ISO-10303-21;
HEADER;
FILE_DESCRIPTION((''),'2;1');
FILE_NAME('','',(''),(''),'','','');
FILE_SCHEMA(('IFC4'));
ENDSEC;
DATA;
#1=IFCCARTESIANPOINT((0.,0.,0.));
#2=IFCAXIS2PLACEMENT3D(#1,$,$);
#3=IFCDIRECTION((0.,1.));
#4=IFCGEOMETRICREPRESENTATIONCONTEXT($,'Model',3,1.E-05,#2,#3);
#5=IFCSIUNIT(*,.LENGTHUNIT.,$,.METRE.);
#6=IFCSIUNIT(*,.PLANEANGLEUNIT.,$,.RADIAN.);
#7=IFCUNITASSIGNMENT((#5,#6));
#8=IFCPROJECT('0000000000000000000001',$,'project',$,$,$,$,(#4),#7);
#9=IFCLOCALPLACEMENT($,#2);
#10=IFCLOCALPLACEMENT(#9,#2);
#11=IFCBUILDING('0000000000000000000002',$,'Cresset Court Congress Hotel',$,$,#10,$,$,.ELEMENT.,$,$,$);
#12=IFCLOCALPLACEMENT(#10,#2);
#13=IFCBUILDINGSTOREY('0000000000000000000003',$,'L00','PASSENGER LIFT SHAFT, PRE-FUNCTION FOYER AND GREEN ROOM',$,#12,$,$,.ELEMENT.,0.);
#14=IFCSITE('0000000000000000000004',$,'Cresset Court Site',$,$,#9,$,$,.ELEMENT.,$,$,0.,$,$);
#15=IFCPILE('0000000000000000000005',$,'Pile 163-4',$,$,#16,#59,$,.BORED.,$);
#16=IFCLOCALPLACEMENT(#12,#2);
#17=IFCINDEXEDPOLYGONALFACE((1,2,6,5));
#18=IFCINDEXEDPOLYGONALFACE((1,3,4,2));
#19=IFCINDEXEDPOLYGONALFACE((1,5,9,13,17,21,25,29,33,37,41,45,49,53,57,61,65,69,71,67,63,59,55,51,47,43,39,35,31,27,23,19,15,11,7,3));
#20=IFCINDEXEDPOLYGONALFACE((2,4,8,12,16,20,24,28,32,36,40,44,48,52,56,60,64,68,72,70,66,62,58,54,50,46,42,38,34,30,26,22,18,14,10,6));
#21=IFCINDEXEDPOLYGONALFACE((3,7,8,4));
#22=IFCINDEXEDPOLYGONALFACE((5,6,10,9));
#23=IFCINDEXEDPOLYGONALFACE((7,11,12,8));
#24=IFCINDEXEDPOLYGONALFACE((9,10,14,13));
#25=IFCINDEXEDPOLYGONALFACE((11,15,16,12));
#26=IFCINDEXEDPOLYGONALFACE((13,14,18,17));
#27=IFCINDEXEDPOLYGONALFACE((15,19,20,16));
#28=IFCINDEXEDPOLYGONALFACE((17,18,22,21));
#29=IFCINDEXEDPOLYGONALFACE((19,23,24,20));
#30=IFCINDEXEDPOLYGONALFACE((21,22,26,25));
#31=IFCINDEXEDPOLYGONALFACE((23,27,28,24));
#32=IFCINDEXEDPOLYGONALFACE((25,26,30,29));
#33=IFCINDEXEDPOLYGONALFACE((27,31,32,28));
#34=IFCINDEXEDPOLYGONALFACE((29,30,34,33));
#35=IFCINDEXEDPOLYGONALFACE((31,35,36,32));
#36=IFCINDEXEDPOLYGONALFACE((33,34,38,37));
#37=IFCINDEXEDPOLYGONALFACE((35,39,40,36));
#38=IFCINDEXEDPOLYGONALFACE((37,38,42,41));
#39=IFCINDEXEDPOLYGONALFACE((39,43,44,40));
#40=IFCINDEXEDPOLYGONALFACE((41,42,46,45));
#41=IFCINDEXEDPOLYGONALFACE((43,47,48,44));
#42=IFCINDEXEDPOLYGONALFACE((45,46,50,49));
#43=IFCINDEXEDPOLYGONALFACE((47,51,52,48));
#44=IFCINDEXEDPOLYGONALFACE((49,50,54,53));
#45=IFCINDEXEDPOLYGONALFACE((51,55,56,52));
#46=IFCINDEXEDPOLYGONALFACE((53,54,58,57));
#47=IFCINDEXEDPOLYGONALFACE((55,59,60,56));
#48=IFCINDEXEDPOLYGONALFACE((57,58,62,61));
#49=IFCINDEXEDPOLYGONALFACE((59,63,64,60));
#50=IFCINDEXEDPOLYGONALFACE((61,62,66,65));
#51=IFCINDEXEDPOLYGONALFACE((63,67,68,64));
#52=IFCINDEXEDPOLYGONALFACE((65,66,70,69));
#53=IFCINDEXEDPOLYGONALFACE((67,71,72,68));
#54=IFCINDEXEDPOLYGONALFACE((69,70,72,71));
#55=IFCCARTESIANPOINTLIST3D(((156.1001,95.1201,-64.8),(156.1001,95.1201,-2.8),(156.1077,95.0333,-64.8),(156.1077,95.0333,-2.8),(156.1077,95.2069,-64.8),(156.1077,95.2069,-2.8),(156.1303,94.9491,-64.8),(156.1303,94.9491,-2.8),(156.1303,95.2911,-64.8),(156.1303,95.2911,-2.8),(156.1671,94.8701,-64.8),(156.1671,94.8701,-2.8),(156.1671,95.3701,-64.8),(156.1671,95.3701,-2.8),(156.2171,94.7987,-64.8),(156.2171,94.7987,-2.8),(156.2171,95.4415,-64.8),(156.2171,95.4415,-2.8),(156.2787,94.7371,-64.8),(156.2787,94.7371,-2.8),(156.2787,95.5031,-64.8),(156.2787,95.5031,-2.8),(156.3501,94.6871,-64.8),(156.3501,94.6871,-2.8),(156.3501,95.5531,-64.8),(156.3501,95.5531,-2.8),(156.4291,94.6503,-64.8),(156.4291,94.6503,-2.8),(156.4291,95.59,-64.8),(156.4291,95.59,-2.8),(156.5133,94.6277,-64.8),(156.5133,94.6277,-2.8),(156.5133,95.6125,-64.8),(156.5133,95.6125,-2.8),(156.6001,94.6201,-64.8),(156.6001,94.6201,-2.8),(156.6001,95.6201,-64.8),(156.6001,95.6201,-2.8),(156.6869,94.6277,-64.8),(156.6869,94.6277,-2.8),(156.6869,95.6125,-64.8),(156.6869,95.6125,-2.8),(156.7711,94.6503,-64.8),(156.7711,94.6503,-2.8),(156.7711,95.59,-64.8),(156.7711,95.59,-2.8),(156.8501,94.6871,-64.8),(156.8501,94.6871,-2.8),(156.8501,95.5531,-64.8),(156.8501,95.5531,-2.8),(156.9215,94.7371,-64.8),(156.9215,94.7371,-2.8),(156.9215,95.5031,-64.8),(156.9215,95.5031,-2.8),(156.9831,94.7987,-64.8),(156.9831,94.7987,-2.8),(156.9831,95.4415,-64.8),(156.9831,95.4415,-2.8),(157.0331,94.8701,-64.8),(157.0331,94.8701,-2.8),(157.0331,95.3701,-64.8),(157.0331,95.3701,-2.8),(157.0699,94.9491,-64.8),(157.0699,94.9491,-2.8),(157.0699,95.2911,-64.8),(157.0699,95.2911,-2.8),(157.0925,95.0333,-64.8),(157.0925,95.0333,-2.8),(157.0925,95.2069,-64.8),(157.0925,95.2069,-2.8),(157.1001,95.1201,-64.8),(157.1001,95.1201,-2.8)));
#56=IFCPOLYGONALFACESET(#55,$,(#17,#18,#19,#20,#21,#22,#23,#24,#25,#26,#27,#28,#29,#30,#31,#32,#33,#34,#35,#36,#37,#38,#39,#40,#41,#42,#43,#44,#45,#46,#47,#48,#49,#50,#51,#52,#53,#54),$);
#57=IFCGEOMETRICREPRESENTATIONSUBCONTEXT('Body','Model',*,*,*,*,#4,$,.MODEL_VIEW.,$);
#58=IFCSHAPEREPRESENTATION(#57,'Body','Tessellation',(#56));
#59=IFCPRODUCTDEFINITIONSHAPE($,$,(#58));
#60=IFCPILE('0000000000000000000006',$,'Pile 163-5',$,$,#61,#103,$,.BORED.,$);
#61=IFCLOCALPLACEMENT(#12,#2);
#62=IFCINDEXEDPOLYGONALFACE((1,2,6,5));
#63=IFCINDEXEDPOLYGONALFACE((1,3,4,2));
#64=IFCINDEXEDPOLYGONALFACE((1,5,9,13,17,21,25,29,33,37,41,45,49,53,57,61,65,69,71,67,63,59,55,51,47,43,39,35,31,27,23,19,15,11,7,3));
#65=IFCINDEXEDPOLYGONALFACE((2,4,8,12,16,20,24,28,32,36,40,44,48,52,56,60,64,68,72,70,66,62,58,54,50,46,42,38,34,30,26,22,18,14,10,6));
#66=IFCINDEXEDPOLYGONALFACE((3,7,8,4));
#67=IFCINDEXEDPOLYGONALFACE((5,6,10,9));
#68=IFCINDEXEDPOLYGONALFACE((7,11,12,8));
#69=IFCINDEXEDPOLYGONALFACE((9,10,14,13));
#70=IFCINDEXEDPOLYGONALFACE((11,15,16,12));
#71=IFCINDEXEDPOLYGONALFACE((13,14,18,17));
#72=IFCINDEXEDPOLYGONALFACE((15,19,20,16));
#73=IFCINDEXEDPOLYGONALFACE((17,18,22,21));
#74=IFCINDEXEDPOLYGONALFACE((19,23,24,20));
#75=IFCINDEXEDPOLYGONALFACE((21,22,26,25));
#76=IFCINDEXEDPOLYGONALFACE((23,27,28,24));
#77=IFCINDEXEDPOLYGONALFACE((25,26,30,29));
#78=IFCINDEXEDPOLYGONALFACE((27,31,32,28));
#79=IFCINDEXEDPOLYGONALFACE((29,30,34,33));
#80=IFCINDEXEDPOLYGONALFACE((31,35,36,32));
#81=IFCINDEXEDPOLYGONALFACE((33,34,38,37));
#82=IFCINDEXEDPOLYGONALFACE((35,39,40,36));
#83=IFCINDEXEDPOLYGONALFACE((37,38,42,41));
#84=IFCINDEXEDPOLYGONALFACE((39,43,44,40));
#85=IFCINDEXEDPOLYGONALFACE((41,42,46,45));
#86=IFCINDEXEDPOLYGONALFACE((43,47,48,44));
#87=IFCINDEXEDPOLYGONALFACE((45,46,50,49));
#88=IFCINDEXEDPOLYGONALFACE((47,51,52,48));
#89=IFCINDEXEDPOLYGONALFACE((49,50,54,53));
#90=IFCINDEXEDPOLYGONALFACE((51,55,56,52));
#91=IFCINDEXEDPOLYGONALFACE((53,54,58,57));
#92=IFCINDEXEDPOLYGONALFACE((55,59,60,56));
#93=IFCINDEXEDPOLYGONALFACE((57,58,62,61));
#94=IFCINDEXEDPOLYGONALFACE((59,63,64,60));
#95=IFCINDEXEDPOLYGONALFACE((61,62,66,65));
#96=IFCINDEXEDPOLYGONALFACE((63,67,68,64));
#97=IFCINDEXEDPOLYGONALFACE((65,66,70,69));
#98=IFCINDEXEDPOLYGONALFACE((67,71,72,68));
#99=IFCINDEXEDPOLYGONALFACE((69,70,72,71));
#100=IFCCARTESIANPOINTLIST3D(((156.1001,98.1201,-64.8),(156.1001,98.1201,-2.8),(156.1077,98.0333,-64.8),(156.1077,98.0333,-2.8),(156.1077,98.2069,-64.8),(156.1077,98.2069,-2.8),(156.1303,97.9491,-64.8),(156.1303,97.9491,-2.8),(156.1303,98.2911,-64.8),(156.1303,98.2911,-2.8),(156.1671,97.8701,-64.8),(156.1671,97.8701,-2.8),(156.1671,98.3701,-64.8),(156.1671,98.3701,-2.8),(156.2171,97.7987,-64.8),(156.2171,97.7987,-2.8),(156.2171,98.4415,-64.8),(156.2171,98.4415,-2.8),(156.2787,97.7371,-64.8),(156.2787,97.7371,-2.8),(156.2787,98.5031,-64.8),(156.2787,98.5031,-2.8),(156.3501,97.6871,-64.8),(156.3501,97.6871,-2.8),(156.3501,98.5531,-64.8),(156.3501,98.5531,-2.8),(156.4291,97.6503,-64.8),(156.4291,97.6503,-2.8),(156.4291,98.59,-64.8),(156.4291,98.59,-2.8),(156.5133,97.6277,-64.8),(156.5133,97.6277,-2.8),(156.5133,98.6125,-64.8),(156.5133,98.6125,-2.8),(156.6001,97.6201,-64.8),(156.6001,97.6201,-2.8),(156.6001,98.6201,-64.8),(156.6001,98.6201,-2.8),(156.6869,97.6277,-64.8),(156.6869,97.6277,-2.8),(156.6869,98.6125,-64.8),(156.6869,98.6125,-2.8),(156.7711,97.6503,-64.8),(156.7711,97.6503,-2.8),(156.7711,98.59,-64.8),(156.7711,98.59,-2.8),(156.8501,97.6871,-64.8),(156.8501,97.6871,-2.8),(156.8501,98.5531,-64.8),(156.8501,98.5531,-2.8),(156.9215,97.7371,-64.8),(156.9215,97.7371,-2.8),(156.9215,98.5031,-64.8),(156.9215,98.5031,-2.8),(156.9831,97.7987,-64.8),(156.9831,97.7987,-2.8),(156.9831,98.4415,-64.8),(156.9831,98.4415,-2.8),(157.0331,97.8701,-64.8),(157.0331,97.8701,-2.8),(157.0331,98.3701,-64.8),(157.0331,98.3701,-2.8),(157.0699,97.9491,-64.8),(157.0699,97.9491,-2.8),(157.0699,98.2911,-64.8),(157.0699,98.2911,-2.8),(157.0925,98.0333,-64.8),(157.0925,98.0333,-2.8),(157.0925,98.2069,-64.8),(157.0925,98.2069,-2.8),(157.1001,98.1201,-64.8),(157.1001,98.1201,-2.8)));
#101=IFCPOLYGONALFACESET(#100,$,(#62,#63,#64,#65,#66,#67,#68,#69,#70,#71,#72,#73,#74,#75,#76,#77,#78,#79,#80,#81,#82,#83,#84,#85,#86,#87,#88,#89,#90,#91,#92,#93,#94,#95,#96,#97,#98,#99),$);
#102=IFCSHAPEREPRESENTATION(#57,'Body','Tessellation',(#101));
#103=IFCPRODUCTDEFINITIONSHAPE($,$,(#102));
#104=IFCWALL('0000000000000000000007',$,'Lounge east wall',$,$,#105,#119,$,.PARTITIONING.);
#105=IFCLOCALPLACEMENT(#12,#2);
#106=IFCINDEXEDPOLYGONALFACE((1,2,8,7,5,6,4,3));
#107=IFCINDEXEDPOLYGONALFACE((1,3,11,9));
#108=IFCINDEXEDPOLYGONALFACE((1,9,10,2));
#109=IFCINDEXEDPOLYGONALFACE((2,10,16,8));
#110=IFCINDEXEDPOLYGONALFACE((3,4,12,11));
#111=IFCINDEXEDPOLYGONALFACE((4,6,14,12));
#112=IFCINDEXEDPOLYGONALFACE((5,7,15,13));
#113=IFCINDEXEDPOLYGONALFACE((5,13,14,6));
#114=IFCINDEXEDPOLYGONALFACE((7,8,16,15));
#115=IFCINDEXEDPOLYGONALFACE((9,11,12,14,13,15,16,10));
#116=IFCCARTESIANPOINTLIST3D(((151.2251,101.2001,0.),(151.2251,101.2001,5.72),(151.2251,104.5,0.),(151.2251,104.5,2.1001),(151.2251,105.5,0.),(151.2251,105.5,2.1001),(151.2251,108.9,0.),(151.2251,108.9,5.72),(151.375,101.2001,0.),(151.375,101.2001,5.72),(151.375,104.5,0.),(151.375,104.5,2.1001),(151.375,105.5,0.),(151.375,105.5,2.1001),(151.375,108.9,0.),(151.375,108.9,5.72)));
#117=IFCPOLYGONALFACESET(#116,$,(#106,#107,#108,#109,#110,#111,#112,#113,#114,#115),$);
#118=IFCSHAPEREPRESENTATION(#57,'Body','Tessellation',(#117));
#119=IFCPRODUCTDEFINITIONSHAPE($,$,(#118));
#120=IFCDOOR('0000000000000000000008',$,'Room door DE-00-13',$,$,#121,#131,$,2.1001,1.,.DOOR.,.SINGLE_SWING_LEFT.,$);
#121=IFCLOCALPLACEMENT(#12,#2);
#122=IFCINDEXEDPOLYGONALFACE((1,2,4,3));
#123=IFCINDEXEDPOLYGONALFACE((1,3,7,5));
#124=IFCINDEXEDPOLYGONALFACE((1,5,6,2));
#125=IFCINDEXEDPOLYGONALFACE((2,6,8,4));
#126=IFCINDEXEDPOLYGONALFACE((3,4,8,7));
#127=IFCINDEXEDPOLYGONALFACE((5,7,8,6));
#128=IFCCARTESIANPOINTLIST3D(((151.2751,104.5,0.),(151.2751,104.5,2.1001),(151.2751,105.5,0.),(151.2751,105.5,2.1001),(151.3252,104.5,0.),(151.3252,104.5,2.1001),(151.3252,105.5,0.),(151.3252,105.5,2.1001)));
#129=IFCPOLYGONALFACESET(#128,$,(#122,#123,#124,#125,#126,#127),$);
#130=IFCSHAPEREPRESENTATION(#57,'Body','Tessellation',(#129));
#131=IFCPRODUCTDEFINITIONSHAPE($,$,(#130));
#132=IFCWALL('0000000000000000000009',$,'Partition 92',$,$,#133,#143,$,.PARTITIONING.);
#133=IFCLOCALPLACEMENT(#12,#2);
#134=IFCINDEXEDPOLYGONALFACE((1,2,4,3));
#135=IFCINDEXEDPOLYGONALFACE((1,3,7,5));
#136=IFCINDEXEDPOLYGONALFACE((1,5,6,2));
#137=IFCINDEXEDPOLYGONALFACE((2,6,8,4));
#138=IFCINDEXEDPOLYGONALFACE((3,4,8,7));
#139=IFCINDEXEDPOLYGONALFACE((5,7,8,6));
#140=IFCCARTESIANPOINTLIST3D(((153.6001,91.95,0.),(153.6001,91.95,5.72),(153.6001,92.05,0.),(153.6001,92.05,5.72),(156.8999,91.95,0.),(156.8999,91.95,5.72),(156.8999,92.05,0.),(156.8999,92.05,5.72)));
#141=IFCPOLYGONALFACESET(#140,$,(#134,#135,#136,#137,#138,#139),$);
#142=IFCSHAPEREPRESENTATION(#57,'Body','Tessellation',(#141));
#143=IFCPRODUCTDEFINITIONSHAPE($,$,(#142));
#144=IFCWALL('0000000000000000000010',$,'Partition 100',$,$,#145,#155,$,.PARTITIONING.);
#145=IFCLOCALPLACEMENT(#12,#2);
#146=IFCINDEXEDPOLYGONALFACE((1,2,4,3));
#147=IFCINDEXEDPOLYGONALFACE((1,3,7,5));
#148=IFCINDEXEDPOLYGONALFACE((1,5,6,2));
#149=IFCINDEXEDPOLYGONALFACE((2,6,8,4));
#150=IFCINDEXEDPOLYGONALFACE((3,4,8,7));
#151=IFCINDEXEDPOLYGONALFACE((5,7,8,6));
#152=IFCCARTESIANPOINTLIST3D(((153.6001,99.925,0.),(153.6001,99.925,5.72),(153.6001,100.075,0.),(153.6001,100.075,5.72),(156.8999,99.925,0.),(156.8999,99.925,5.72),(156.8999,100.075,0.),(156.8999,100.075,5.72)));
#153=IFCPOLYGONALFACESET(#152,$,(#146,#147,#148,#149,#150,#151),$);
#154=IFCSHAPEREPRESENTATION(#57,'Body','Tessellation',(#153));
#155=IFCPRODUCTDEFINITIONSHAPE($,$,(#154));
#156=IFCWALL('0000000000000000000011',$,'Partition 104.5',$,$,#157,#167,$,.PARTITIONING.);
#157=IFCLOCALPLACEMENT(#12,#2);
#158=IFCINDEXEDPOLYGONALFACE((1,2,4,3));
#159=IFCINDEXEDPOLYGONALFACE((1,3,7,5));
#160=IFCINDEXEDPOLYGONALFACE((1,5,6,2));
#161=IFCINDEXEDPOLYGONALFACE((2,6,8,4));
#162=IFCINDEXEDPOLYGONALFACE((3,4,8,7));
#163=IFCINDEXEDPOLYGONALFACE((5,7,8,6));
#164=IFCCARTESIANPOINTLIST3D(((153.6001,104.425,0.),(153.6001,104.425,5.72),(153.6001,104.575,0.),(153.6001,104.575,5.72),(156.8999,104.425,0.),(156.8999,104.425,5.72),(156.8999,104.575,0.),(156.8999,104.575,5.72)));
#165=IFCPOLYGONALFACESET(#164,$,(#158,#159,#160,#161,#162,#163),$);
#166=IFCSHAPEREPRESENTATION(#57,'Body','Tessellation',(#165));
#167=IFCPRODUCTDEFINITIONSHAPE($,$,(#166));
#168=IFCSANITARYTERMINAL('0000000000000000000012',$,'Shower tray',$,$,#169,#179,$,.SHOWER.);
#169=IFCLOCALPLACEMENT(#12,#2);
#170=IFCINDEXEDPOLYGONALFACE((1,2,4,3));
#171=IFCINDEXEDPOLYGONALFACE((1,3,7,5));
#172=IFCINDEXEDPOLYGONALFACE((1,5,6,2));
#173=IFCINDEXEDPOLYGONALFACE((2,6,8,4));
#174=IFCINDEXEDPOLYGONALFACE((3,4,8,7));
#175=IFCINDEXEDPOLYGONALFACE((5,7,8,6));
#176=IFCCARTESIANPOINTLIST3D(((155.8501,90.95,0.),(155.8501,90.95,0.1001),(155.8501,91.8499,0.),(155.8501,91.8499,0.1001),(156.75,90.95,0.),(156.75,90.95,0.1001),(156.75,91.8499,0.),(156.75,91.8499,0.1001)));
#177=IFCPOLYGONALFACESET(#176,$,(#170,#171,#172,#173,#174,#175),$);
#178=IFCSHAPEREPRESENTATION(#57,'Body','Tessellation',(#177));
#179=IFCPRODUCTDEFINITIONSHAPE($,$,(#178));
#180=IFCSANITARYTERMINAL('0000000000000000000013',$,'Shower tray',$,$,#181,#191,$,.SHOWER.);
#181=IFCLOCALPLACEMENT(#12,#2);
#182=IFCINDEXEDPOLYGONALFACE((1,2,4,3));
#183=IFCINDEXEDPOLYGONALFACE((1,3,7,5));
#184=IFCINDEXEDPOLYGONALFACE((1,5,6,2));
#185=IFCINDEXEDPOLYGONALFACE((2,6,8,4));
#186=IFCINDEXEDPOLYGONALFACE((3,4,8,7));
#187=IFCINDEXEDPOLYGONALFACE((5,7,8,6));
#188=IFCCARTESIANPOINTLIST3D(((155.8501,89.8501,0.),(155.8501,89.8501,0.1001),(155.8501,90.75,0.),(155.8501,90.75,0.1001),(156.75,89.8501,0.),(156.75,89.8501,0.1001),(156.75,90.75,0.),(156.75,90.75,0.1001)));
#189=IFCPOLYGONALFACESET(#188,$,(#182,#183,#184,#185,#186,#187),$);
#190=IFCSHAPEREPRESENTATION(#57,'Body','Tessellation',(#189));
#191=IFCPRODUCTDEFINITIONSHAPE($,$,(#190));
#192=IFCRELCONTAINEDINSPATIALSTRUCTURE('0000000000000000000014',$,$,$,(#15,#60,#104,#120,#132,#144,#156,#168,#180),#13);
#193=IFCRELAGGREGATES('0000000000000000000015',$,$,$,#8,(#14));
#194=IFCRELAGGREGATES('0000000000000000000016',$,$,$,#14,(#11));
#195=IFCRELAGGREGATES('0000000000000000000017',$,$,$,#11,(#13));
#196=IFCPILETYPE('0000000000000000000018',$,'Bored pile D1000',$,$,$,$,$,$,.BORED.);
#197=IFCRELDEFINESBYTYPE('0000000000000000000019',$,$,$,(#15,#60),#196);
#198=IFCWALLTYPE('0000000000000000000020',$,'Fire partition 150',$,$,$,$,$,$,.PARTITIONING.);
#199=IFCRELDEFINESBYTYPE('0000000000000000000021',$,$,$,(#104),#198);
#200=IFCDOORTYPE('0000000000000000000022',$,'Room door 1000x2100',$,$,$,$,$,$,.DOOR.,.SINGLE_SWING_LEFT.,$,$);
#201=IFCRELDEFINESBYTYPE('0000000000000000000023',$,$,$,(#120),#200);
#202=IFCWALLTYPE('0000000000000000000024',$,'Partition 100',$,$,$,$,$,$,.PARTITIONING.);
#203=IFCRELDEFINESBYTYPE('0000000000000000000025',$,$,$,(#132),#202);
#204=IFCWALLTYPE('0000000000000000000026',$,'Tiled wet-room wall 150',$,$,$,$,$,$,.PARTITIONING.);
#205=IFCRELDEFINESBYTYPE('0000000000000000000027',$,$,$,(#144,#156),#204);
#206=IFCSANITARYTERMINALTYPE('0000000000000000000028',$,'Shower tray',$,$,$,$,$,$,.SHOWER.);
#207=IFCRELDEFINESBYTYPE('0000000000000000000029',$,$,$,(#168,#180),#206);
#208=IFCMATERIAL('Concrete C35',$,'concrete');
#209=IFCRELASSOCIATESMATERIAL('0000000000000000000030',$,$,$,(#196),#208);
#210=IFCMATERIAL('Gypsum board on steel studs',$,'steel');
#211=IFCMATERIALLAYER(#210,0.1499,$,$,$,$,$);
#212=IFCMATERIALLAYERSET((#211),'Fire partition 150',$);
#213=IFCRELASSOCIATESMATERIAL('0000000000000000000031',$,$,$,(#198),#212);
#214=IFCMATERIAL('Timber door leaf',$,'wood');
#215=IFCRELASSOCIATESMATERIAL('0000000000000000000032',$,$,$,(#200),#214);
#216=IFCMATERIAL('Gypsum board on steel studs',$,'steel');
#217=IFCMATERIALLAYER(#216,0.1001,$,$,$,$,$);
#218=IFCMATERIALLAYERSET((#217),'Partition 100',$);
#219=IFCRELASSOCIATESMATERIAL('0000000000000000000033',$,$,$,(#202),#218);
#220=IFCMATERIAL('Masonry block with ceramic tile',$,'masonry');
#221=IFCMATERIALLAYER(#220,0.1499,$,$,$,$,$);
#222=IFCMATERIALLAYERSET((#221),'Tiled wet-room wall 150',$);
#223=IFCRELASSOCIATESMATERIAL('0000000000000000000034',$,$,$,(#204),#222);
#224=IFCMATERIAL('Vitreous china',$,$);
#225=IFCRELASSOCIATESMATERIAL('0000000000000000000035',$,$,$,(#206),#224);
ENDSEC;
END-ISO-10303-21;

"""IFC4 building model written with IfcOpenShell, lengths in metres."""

from ifc_helpers import new_model, si_unit, direction, frame, frame_2d, origin, origin_2d, place, context, subcontext, project, spatial, rectangle, circle, extrude, material, layer, layer_set, type_object, element, fill, save


model = new_model("IFC4")

# Units and contexts
model_context = context("Model", 3, precision=1e-05, world=origin(), true_north=direction((0.0, 1.0)))
body_context = subcontext(model_context, "Body", "Model", "MODEL_VIEW")
ifc_project = project(units=[si_unit("LENGTHUNIT", "METRE"), si_unit("PLANEANGLEUNIT", "RADIAN")], contexts=[model_context])

# Site, building, storey
site_placement = place(None, origin())
site = spatial("IfcSite", under=ifc_project, at=site_placement, Name="Cresset Court Site", CompositionType="ELEMENT", RefElevation=0.0)
building_placement = place(site_placement, origin())
building = spatial("IfcBuilding", under=site, at=building_placement, Name="Cresset Court Congress Hotel", CompositionType="ELEMENT")
storey_placement = place(building_placement, origin())
storey = spatial("IfcBuildingStorey", under=building, at=storey_placement, Name="L00", Description="PASSENGER LIFT SHAFT, PRE-FUNCTION FOYER AND GREEN ROOM", CompositionType="ELEMENT", Elevation=0.0)

# Piles
ifc_material_1 = material(Name="Concrete C35", Category="concrete")
pile_type = type_object("IfcPileType", Name="Bored pile D1000", PredefinedType="BORED", material=ifc_material_1)
for number, where, z_axis, x_axis, name in (
    (1, (156.6001, 95.1201, -2.8), (0.0, 0.0, -1.0), (1.0, 0.0, 0.0), "Pile 163-4"),
    (2, (156.6001, 98.1201, -2.8), (0.0, 0.0, -1.0), (1.0, 0.0, 0.0), "Pile 163-5"),
):
    element("IfcPile", number, at=place(storey_placement, frame(where, z_axis=z_axis, x_axis=x_axis)), inside=storey, type_object=pile_type, Name=name, PredefinedType="BORED", context=body_context, shape_type="SweptSolid", body=[
        extrude(circle(Radius=0.5, at=origin_2d()), origin(), (0.0, 0.0, 1.0), 62.0),
    ])

# Wall, opening, door
ifc_material_2 = material(Name="Gypsum board on steel studs", Category="steel")
ifc_layer_1 = layer(ifc_material_2, 0.1499)
ifc_layer_set_1 = layer_set([ifc_layer_1], Name="Fire partition 150")
wall_type_1 = type_object("IfcWallType", Name="Fire partition 150", PredefinedType="PARTITIONING", material=ifc_layer_set_1)
wall_1_placement = place(storey_placement, frame((151.3, 101.2, 0.0), z_axis=(0.0, 0.0, 1.0), x_axis=(0.0, 1.0, 0.0)))
wall_1 = element("IfcWall", 3, at=wall_1_placement, inside=storey, type_object=wall_type_1, Name="Lounge east wall", PredefinedType="PARTITIONING", context=body_context, shape_type="SweptSolid", body=[
    extrude(rectangle(XDim=7.7, YDim=0.1499, at=frame_2d((3.8501, 0.0))), origin(), (0.0, 0.0, 1.0), 5.72),
])
opening_placement = place(wall_1_placement, frame((3.3, 0.0, 0.0)))
opening = element("IfcOpeningElement", 4, at=opening_placement, cuts=wall_1, PredefinedType="OPENING", context=body_context, shape_type="SweptSolid", body=[
    extrude(rectangle(XDim=1.0, YDim=2.1001, at=frame_2d((0.5, 1.05))), frame((0.0, 0.085, 0.0), z_axis=(0.0, -1.0, 0.0), x_axis=(1.0, 0.0, 0.0)), (0.0, 0.0, 1.0), 0.1699),
])
ifc_material_3 = material(Name="Timber door leaf", Category="wood")
door_type = type_object("IfcDoorType", Name="Room door 1000x2100", OperationType="SINGLE_SWING_LEFT", PredefinedType="DOOR", material=ifc_material_3)
door_placement = place(opening_placement, origin())
door = element("IfcDoor", 5, at=door_placement, inside=storey, type_object=door_type, Name="Room door DE-00-13", OperationType="SINGLE_SWING_LEFT", OverallHeight=2.1001, OverallWidth=1.0, PredefinedType="DOOR", context=body_context, shape_type="SweptSolid", body=[
    extrude(rectangle(XDim=1.0, YDim=2.1001, at=frame_2d((0.5, 1.05))), frame((0.0, 0.0249, 0.0), z_axis=(0.0, -1.0, 0.0), x_axis=(1.0, 0.0, 0.0)), (0.0, 0.0, 1.0), 0.05),
])
fill(opening, door)

# Walls
ifc_material_4 = material(Name="Gypsum board on steel studs", Category="steel")
ifc_layer_2 = layer(ifc_material_4, 0.1001)
ifc_layer_set_2 = layer_set([ifc_layer_2], Name="Partition 100")
wall_type_2 = type_object("IfcWallType", Name="Partition 100", PredefinedType="PARTITIONING", material=ifc_layer_set_2)
wall_2_placement = place(storey_placement, frame((153.6001, 92.0, 0.0), z_axis=(0.0, 0.0, 1.0), x_axis=(1.0, 0.0, 0.0)))
element("IfcWall", 6, at=wall_2_placement, inside=storey, type_object=wall_type_2, Name="Partition 92", PredefinedType="PARTITIONING", context=body_context, shape_type="SweptSolid", body=[
    extrude(rectangle(XDim=3.2998, YDim=0.1001, at=frame_2d((1.6499, 0.0))), origin(), (0.0, 0.0, 1.0), 5.72),
])
ifc_material_5 = material(Name="Masonry block with ceramic tile", Category="masonry")
ifc_layer_3 = layer(ifc_material_5, 0.1499)
ifc_layer_set_3 = layer_set([ifc_layer_3], Name="Tiled wet-room wall 150")
wall_type_3 = type_object("IfcWallType", Name="Tiled wet-room wall 150", PredefinedType="PARTITIONING", material=ifc_layer_set_3)
for number, where, z_axis, x_axis, name in (
    (7, (153.6001, 100.0, 0.0), (0.0, 0.0, 1.0), (1.0, 0.0, 0.0), "Partition 100"),
    (8, (153.6001, 104.5, 0.0), (0.0, 0.0, 1.0), (1.0, 0.0, 0.0), "Partition 104.5"),
):
    element("IfcWall", number, at=place(storey_placement, frame(where, z_axis=z_axis, x_axis=x_axis)), inside=storey, type_object=wall_type_3, Name=name, PredefinedType="PARTITIONING", context=body_context, shape_type="SweptSolid", body=[
        extrude(rectangle(XDim=3.2998, YDim=0.1499, at=frame_2d((1.6499, 0.0))), origin(), (0.0, 0.0, 1.0), 5.72),
    ])

# Sanitary terminals
ifc_material_6 = material(Name="Vitreous china")
sanitary_terminal_type_1 = type_object("IfcSanitaryTerminalType", Name="Shower tray", PredefinedType="SHOWER", material=ifc_material_6)
for number, where, z_axis, x_axis, name in (
    (9, (156.3, 91.3999, 0.0), (0.0, 0.0, 1.0), (1.0, 0.0, 0.0), "Shower tray"),
    (10, (156.3, 90.3, 0.0), (0.0, 0.0, 1.0), (1.0, 0.0, 0.0), "Shower tray"),
):
    element("IfcSanitaryTerminal", number, at=place(storey_placement, frame(where, z_axis=z_axis, x_axis=x_axis)), inside=storey, type_object=sanitary_terminal_type_1, Name=name, PredefinedType="SHOWER", context=body_context, shape_type="SweptSolid", body=[
        extrude(rectangle(XDim=0.8999, YDim=0.8999, at=origin_2d()), origin(), (0.0, 0.0, 1.0), 0.1001),
    ])

save(model, "model.ifc")
